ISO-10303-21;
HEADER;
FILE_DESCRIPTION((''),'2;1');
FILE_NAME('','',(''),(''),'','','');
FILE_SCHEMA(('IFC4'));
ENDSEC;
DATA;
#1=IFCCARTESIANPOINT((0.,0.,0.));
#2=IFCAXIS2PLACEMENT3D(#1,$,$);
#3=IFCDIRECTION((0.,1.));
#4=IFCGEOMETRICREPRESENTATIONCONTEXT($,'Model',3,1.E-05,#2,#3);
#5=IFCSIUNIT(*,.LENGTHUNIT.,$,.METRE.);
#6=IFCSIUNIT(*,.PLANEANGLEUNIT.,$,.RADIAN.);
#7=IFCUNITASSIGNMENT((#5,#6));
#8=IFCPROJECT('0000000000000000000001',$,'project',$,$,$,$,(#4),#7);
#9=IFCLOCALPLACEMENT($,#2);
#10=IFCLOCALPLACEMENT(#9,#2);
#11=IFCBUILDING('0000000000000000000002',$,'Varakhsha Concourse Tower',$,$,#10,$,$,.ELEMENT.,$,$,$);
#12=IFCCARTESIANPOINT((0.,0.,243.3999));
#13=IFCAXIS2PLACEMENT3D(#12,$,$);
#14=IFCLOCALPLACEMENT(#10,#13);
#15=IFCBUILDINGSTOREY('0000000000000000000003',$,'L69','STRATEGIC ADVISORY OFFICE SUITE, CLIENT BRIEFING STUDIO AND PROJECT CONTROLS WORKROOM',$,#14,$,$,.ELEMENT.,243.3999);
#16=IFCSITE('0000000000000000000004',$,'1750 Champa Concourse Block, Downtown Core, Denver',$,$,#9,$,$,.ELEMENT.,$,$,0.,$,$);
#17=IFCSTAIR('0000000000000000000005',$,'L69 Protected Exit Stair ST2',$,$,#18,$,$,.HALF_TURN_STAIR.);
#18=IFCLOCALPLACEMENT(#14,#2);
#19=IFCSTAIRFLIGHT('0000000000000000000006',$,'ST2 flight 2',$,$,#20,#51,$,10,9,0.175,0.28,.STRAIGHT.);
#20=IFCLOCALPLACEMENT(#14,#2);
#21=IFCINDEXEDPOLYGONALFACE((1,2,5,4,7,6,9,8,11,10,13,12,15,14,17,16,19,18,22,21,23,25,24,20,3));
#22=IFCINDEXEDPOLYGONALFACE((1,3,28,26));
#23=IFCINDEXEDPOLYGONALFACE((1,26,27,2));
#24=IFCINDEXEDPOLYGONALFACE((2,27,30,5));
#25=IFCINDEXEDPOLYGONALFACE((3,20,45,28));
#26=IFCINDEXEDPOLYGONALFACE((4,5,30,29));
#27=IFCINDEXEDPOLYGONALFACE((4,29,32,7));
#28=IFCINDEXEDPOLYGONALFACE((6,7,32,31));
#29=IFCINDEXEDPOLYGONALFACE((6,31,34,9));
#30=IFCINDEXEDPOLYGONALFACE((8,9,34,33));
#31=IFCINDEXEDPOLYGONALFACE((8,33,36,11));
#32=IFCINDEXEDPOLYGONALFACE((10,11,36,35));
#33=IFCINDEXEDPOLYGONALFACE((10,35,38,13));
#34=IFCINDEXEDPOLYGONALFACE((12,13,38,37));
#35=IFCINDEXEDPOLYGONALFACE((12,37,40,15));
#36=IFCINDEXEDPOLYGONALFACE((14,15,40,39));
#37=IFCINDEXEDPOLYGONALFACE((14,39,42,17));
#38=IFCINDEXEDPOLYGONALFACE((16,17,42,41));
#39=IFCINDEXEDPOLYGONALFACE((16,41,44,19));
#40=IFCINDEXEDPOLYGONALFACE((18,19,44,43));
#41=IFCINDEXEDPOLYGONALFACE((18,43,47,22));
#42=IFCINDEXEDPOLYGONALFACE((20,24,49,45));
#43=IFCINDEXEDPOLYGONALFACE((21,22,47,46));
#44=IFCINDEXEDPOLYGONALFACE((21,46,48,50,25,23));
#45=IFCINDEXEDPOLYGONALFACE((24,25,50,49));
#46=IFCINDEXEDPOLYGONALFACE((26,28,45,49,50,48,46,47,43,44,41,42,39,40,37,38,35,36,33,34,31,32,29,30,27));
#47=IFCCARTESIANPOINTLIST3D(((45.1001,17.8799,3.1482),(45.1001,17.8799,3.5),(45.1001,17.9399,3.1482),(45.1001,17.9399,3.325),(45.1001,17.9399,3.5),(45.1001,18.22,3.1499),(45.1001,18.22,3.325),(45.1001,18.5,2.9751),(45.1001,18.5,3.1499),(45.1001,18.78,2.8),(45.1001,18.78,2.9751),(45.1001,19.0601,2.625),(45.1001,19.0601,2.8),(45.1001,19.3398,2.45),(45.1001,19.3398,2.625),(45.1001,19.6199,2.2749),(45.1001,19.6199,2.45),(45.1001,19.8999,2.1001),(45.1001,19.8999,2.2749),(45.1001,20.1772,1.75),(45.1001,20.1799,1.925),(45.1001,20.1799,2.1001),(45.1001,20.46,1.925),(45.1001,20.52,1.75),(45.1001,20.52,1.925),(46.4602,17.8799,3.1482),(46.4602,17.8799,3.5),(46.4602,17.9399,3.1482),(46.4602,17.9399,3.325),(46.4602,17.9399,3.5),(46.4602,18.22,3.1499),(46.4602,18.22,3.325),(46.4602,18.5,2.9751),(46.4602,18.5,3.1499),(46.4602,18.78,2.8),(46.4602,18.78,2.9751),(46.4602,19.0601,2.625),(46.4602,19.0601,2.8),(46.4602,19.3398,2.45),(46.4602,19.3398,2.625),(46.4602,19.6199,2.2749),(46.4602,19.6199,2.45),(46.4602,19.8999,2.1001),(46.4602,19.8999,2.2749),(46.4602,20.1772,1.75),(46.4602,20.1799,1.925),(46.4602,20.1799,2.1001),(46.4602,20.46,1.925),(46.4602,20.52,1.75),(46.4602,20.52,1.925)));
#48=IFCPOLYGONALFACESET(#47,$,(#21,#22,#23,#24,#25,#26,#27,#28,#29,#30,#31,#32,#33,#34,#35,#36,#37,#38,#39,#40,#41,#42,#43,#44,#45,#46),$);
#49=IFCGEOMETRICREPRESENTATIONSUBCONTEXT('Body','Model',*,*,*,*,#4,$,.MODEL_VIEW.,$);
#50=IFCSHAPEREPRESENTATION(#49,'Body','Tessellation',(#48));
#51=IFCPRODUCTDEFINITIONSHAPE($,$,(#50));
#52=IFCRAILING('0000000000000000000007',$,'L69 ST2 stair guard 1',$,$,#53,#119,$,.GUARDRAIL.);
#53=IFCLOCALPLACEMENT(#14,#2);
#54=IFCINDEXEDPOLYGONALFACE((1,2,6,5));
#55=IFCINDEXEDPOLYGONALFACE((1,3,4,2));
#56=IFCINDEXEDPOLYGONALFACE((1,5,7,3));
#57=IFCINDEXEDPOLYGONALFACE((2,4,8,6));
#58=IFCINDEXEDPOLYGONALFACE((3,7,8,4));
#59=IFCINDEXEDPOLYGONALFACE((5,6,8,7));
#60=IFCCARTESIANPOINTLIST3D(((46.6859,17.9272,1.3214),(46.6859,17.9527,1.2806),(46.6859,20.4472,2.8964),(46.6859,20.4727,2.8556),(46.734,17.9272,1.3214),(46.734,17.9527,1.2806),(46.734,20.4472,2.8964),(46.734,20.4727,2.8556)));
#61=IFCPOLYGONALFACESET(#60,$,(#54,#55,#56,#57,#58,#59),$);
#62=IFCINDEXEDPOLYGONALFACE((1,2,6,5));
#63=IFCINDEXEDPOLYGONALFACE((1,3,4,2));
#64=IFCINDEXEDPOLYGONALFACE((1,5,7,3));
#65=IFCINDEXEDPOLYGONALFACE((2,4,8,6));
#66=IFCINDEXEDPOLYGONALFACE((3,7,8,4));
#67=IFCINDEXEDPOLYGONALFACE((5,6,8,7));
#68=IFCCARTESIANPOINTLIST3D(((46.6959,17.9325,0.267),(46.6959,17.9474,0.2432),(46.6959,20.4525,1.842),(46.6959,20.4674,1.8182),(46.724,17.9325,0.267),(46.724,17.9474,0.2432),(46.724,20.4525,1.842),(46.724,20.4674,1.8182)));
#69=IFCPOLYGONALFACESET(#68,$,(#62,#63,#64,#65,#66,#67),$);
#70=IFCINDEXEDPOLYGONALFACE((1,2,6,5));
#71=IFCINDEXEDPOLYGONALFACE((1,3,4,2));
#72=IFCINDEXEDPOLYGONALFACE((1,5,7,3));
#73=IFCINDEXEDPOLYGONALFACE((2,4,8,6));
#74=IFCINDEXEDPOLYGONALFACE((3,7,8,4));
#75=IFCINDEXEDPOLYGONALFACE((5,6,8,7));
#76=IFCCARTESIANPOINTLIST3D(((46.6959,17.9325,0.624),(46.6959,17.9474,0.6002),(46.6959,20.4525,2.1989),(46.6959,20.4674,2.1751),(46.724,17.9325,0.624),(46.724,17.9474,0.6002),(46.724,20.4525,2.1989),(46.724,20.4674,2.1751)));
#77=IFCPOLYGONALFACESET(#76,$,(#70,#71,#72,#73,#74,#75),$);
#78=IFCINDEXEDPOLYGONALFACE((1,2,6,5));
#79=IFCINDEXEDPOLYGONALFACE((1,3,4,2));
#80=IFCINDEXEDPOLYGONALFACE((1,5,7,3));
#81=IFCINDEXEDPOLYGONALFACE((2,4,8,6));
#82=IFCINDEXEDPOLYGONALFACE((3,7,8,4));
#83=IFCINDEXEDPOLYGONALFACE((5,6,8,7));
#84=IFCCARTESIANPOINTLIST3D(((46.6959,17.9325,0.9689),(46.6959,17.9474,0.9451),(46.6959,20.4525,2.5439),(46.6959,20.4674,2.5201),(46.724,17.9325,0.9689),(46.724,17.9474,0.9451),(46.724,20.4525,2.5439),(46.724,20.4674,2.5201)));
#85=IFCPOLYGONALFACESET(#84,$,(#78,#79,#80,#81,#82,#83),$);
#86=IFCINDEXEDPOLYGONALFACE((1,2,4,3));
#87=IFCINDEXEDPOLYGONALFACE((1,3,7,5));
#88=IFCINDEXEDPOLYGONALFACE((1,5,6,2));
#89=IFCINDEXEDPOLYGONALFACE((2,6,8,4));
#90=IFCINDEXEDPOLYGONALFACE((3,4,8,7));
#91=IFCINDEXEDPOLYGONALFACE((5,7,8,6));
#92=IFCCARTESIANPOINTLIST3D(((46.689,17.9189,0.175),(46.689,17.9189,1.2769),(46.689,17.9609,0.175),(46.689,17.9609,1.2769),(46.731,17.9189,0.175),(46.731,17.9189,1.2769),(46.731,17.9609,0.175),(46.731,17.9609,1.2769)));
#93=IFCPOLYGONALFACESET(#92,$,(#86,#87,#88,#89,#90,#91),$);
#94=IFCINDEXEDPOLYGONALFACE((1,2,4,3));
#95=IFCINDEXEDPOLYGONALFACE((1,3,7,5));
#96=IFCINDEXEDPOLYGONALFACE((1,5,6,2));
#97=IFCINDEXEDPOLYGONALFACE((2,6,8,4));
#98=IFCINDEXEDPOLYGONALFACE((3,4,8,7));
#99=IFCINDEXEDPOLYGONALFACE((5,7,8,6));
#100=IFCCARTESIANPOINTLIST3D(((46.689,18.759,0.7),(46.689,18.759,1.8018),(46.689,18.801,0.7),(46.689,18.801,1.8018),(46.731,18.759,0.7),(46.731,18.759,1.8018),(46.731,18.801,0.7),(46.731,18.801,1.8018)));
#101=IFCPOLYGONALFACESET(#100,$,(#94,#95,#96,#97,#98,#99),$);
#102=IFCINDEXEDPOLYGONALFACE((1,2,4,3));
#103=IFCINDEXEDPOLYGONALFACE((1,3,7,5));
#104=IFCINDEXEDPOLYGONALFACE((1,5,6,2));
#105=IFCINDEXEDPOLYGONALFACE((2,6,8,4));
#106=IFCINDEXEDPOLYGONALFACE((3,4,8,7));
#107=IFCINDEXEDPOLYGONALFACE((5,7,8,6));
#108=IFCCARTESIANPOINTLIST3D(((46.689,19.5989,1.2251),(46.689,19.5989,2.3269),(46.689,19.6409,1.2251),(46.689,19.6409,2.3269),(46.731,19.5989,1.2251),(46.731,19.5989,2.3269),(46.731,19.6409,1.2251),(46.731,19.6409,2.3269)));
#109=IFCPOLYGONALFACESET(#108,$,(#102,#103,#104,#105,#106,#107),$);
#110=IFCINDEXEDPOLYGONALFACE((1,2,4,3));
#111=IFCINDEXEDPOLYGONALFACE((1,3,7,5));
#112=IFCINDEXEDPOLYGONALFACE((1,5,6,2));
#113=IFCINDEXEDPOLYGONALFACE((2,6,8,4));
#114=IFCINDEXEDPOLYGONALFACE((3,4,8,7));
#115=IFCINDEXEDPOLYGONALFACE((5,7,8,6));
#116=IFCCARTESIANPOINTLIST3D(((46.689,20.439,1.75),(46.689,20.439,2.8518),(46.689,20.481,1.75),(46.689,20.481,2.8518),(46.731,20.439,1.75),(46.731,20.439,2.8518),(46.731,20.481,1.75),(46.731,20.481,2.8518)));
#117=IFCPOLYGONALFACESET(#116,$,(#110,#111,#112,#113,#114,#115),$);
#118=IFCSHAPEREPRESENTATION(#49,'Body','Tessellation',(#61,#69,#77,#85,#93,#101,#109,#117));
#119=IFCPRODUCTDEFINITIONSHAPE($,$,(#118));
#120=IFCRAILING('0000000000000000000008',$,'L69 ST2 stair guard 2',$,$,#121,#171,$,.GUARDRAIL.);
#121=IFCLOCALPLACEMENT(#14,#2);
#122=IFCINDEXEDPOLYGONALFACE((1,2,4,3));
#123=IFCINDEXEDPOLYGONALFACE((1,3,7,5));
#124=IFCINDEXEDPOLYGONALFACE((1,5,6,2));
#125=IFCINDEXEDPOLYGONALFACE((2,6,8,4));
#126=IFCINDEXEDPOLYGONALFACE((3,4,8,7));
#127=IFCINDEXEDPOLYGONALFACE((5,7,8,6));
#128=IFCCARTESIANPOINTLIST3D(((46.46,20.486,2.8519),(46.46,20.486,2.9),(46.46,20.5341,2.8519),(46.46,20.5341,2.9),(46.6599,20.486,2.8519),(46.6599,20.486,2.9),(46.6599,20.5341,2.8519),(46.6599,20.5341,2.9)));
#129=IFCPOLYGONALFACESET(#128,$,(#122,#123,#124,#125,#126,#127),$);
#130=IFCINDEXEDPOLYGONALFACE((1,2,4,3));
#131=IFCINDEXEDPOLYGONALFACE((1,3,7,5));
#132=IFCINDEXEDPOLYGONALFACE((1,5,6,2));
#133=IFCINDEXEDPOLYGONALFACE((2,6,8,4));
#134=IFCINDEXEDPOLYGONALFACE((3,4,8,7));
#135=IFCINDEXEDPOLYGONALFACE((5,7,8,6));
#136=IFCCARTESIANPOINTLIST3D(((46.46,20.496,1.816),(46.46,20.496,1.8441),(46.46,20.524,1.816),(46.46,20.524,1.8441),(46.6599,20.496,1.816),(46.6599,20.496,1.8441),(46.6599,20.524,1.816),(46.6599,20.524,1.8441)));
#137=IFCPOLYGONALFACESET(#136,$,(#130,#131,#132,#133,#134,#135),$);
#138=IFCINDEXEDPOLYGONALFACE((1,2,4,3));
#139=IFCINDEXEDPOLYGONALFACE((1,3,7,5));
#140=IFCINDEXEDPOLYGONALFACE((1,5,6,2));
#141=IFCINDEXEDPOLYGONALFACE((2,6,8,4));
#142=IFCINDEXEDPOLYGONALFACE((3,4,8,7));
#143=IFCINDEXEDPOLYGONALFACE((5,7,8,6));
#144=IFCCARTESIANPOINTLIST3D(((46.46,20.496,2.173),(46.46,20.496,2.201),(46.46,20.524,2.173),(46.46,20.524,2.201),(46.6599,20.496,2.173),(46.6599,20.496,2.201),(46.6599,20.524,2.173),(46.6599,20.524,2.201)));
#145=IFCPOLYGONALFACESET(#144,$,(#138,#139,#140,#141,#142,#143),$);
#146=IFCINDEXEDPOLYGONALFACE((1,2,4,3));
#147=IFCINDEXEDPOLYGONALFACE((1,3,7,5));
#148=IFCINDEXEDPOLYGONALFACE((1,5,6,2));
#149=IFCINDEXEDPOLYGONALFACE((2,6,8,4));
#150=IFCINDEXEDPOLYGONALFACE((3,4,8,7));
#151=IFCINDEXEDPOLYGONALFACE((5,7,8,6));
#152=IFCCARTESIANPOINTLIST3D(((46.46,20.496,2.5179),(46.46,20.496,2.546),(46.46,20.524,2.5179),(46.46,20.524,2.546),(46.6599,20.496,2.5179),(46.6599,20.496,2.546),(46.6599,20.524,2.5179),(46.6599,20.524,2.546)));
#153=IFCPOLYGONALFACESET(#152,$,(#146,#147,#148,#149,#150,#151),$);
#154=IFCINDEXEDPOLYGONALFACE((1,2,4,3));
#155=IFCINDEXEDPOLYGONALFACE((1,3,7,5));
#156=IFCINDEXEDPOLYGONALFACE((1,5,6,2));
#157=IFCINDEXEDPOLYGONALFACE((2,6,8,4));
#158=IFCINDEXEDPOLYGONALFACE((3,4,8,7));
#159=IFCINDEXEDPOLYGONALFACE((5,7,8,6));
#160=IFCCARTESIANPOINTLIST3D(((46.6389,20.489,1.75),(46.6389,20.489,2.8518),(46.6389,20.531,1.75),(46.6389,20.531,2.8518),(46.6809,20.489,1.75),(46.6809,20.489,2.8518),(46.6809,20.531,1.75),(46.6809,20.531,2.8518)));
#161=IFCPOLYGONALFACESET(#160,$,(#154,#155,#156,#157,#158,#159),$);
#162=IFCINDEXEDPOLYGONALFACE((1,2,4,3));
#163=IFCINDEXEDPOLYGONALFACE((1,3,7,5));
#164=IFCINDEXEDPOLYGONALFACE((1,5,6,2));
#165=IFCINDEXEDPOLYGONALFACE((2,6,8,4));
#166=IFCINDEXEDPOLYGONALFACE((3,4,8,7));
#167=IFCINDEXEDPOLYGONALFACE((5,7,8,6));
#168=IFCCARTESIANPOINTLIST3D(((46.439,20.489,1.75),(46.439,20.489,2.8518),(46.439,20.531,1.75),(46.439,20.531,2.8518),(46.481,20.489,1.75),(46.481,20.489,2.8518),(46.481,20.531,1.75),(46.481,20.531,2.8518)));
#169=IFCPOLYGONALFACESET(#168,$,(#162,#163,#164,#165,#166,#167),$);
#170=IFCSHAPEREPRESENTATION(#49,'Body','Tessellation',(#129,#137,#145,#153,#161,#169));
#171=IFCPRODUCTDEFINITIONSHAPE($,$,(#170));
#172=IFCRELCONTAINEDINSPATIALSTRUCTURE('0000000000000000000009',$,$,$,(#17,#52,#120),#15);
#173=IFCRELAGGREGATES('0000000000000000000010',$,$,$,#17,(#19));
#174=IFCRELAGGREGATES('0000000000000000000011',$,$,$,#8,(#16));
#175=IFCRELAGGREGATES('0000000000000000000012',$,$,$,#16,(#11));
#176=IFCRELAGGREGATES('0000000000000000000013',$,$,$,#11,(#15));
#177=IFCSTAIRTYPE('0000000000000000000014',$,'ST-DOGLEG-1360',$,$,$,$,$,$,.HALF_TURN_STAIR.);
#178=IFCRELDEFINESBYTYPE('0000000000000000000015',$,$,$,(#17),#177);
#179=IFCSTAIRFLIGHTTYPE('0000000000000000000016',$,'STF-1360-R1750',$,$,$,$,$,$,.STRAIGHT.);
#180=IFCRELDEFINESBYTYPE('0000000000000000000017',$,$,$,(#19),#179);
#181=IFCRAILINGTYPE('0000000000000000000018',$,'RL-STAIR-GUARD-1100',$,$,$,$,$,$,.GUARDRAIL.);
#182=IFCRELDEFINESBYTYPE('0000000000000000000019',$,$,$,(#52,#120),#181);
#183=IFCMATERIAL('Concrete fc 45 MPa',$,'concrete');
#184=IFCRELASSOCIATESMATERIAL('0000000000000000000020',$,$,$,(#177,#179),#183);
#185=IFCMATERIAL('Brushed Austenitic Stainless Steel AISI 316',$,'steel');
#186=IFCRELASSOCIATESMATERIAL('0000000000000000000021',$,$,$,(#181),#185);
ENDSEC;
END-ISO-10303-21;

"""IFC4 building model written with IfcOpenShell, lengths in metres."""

from ifc_helpers import new_model, si_unit, direction, frame, origin, origin_2d, place, context, subcontext, project, spatial, polyline, rectangle, outline, extrude, material, type_object, element, aggregate, save


model = new_model("IFC4")

# Units and contexts
model_context = context("Model", 3, precision=1e-05, world=origin(), true_north=direction((0.0, 1.0)))
body_context = subcontext(model_context, "Body", "Model", "MODEL_VIEW")
ifc_project = project(units=[si_unit("LENGTHUNIT", "METRE"), si_unit("PLANEANGLEUNIT", "RADIAN")], contexts=[model_context])

# Site, building, storey
site_placement = place(None, origin())
site = spatial("IfcSite", under=ifc_project, at=site_placement, Name="1750 Champa Concourse Block, Downtown Core, Denver", CompositionType="ELEMENT", RefElevation=0.0)
building_placement = place(site_placement, origin())
building = spatial("IfcBuilding", under=site, at=building_placement, Name="Varakhsha Concourse Tower", CompositionType="ELEMENT")
storey_placement = place(building_placement, frame((0.0, 0.0, 243.3999)))
storey = spatial("IfcBuildingStorey", under=building, at=storey_placement, Name="L69", Description="STRATEGIC ADVISORY OFFICE SUITE, CLIENT BRIEFING STUDIO AND PROJECT CONTROLS WORKROOM", CompositionType="ELEMENT", Elevation=243.3999)

# Shared definitions
ifc_material_1 = material(Name="Concrete fc 45 MPa", Category="concrete")

# Stair, stair flight
stair_type = type_object("IfcStairType", Name="ST-DOGLEG-1360", PredefinedType="HALF_TURN_STAIR", material=ifc_material_1)
stair_placement = place(storey_placement, origin())
stair = element("IfcStair", 1, at=stair_placement, inside=storey, type_object=stair_type, Name="L69 Protected Exit Stair ST2", PredefinedType="HALF_TURN_STAIR")
stair_flight_type = type_object("IfcStairFlightType", Name="STF-1360-R1750", PredefinedType="STRAIGHT", material=ifc_material_1)
stair_flight_1_placement = place(storey_placement, frame((45.78, 20.46, 1.75), z_axis=(0.0, 0.0, 1.0), x_axis=(0.0, -1.0, 0.0)))
stair_flight_1 = element("IfcStairFlight", 2, at=stair_flight_1_placement, type_object=stair_flight_type, Name="ST2 flight 2", NumberOfRisers=10, NumberOfTreads=9, PredefinedType="STRAIGHT", RiserHeight=0.175, TreadLength=0.28, context=body_context, shape_type="SweptSolid", body=[
    extrude(outline(polyline([(-0.0601, 0.0), (-0.0601, 0.175), (0.0, 0.175), (0.28, 0.175), (0.28, 0.3501), (0.5601, 0.3501), (0.5601, 0.5249), (0.8401, 0.5249), (0.8401, 0.7), (1.1201, 0.7), (1.1201, 0.875), (1.3999, 0.875), (1.3999, 1.05), (1.6799, 1.05), (1.6799, 1.2251), (1.96, 1.2251), (1.96, 1.3999), (2.24, 1.3999), (2.24, 1.575), (2.52, 1.575), (2.52, 1.75), (2.5801, 1.75), (2.5801, 1.3982), (2.52, 1.3982), (0.2827, 0.0), (-0.0601, 0.0)])), frame((0.0, 0.6802, 0.0), z_axis=(0.0, -1.0, 0.0), x_axis=(1.0, 0.0, 0.0)), (0.0, 0.0, 1.0), 1.3601),
])
aggregate(stair, [stair_flight_1])

# Railings
ifc_material_2 = material(Name="Brushed Austenitic Stainless Steel AISI 316", Category="steel")
railing_type_1 = type_object("IfcRailingType", Name="RL-STAIR-GUARD-1100", PredefinedType="GUARDRAIL", material=ifc_material_2)
railing_1_placement = place(storey_placement, frame((46.71, 17.9399, 0.175)))
element("IfcRailing", 3, at=railing_1_placement, inside=storey, type_object=railing_type_1, Name="L69 ST2 stair guard 1", PredefinedType="GUARDRAIL", context=body_context, shape_type="SweptSolid", body=[
    extrude(rectangle(XDim=0.0481, YDim=0.0481, at=origin_2d()), frame((0.0, 0.0, 1.126), z_axis=(0.0, 0.848008, 0.529984), x_axis=(-1.0, 0.0, 0.0)), (0.0, 0.0, 1.0), 2.9717),
    extrude(rectangle(XDim=0.0281, YDim=0.0281, at=origin_2d()), frame((0.0, 0.0, 0.0801), z_axis=(0.0, 0.848008, 0.529984), x_axis=(-1.0, 0.0, 0.0)), (0.0, 0.0, 1.0), 2.9717),
    extrude(rectangle(XDim=0.0281, YDim=0.0281, at=origin_2d()), frame((0.0, 0.0, 0.437), z_axis=(0.0, 0.848008, 0.529984), x_axis=(-1.0, 0.0, 0.0)), (0.0, 0.0, 1.0), 2.9717),
    extrude(rectangle(XDim=0.0281, YDim=0.0281, at=origin_2d()), frame((0.0, 0.0, 0.782), z_axis=(0.0, 0.848008, 0.529984), x_axis=(-1.0, 0.0, 0.0)), (0.0, 0.0, 1.0), 2.9717),
    extrude(rectangle(XDim=0.042, YDim=0.042, at=origin_2d()), origin(), (0.0, 0.0, 1.0), 1.1018),
    extrude(rectangle(XDim=0.042, YDim=0.042, at=origin_2d()), frame((0.0, 0.8401, 0.5249)), (0.0, 0.0, 1.0), 1.1018),
    extrude(rectangle(XDim=0.042, YDim=0.042, at=origin_2d()), frame((0.0, 1.6799, 1.05)), (0.0, 0.0, 1.0), 1.1018),
    extrude(rectangle(XDim=0.042, YDim=0.042, at=origin_2d()), frame((0.0, 2.52, 1.575)), (0.0, 0.0, 1.0), 1.1018),
])
railing_2_placement = place(storey_placement, frame((46.6599, 20.51, 1.75)))
element("IfcRailing", 4, at=railing_2_placement, inside=storey, type_object=railing_type_1, Name="L69 ST2 stair guard 2", PredefinedType="GUARDRAIL", context=body_context, shape_type="SweptSolid", body=[
    extrude(rectangle(XDim=0.0481, YDim=0.0481, at=origin_2d()), frame((0.0, 0.0, 1.126), z_axis=(-1.0, 0.0, 0.0), x_axis=(0.0, -1.0, 0.0)), (0.0, 0.0, 1.0), 0.2),
    extrude(rectangle(XDim=0.0281, YDim=0.0281, at=origin_2d()), frame((0.0, 0.0, 0.0801), z_axis=(-1.0, 0.0, 0.0), x_axis=(0.0, -1.0, 0.0)), (0.0, 0.0, 1.0), 0.2),
    extrude(rectangle(XDim=0.0281, YDim=0.0281, at=origin_2d()), frame((0.0, 0.0, 0.437), z_axis=(-1.0, 0.0, 0.0), x_axis=(0.0, -1.0, 0.0)), (0.0, 0.0, 1.0), 0.2),
    extrude(rectangle(XDim=0.0281, YDim=0.0281, at=origin_2d()), frame((0.0, 0.0, 0.782), z_axis=(-1.0, 0.0, 0.0), x_axis=(0.0, -1.0, 0.0)), (0.0, 0.0, 1.0), 0.2),
    extrude(rectangle(XDim=0.042, YDim=0.042, at=origin_2d()), origin(), (0.0, 0.0, 1.0), 1.1018),
    extrude(rectangle(XDim=0.042, YDim=0.042, at=origin_2d()), frame((-0.2, 0.0, 0.0)), (0.0, 0.0, 1.0), 1.1018),
])

save(model, "model.ifc")
